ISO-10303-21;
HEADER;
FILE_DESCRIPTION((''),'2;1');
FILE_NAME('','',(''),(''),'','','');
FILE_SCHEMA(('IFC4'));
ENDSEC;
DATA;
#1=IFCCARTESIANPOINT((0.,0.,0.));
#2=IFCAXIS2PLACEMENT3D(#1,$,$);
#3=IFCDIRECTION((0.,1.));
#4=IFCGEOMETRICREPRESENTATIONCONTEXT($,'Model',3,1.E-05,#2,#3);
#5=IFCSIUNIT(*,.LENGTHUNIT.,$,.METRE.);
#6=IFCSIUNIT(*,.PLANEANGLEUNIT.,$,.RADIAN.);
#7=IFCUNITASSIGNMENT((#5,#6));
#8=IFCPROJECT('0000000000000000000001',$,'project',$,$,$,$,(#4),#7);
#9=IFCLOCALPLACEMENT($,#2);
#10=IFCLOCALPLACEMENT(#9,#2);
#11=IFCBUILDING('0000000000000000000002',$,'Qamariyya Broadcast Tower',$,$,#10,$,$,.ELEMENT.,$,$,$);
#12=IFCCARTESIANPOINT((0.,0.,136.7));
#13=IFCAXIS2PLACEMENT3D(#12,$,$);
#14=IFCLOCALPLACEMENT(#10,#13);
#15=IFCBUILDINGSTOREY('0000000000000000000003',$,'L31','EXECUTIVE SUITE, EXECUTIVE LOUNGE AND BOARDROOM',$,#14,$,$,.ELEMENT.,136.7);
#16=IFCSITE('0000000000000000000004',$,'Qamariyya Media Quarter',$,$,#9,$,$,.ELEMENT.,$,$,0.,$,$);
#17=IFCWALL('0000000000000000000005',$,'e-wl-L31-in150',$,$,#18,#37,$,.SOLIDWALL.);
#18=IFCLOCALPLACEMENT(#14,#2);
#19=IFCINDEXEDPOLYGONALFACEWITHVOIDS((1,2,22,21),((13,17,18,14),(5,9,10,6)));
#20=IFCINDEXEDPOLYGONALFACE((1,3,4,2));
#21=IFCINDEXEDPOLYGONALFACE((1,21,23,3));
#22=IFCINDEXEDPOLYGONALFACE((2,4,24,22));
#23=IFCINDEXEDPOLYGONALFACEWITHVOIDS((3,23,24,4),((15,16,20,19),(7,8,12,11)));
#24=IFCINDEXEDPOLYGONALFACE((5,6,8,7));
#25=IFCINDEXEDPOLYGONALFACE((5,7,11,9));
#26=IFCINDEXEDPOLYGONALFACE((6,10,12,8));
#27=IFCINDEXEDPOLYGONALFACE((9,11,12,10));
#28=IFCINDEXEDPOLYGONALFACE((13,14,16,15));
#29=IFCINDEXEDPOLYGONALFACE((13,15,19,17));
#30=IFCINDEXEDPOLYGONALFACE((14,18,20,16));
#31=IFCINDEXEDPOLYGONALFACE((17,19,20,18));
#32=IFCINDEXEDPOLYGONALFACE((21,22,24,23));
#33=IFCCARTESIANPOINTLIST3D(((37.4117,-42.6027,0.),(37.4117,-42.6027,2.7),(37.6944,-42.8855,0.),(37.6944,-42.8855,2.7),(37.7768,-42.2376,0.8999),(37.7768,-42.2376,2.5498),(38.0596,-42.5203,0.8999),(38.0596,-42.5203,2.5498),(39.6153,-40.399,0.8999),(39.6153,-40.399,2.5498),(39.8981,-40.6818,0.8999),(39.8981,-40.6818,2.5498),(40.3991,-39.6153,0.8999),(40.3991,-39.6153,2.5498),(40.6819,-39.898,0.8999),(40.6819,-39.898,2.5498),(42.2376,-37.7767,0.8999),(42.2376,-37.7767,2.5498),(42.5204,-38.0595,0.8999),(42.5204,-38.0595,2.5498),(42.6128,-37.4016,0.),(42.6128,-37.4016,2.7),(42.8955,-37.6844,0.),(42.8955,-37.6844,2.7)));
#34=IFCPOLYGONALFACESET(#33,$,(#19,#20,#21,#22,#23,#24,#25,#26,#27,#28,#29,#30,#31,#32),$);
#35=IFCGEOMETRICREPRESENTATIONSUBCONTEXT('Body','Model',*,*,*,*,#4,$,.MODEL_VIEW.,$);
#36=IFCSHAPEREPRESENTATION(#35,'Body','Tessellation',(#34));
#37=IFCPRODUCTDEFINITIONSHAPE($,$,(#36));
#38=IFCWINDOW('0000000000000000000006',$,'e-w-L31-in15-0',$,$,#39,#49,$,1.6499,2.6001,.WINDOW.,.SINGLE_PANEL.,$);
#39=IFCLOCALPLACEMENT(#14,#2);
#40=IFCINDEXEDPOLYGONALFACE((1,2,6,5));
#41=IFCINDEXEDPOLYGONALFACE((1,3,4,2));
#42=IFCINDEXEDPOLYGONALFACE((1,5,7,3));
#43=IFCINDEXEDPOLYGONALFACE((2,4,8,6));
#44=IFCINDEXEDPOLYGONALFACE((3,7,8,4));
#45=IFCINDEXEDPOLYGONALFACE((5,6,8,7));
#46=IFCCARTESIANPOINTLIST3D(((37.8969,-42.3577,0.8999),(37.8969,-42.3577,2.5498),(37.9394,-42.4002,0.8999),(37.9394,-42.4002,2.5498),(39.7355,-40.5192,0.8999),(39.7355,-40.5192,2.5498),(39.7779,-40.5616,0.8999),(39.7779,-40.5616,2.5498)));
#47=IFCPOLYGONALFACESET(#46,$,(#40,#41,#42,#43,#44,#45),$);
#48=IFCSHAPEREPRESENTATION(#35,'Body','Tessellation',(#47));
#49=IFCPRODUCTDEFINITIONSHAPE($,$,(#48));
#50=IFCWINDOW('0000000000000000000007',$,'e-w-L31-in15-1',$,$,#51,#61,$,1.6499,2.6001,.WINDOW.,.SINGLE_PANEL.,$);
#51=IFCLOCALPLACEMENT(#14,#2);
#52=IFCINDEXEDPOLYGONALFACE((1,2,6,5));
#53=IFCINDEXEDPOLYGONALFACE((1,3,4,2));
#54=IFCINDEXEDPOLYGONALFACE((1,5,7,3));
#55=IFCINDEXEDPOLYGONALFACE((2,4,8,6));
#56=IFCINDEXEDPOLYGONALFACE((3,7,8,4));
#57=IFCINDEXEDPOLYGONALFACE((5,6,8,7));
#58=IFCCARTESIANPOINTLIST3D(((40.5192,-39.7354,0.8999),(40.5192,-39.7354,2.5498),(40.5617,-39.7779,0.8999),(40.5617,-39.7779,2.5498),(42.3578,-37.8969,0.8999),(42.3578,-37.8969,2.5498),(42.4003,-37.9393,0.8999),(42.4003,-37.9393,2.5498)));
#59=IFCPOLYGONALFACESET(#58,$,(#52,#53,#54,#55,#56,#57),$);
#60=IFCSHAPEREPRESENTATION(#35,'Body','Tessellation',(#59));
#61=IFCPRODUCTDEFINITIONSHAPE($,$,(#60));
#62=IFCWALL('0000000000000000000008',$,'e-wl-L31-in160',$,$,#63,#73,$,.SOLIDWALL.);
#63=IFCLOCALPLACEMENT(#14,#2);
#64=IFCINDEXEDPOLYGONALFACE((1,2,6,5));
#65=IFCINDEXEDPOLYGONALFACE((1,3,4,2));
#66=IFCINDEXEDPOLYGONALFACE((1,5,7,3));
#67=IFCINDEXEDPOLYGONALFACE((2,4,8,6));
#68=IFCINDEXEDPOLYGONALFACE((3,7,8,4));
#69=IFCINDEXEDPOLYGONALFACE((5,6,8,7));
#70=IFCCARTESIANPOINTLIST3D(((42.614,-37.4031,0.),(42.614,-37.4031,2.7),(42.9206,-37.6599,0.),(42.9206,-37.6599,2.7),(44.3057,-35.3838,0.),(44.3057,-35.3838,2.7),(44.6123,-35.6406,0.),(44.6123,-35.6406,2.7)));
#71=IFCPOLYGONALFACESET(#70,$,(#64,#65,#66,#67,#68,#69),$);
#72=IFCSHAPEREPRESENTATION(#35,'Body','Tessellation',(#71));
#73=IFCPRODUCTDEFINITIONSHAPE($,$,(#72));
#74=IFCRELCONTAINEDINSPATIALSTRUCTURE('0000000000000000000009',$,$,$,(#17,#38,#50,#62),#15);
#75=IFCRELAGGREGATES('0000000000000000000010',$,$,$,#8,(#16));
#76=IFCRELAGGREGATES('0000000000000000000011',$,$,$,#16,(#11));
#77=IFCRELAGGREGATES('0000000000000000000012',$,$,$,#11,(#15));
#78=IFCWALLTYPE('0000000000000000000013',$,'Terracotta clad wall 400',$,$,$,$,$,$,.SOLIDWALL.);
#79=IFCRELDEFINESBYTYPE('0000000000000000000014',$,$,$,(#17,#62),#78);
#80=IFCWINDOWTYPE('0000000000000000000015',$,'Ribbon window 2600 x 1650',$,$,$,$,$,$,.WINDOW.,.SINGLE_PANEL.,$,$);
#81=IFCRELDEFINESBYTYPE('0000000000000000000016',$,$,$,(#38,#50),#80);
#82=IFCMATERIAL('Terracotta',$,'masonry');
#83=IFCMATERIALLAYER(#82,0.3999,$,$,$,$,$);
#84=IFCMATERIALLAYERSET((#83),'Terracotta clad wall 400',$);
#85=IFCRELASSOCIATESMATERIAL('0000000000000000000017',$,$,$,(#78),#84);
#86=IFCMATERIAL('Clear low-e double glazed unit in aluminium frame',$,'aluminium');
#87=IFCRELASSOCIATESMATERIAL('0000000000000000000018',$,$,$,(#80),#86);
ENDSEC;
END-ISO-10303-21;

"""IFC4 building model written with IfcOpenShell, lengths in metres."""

from ifc_helpers import new_model, si_unit, direction, frame, frame_2d, origin, place, context, subcontext, project, spatial, rectangle, extrude, material, layer, layer_set, type_object, element, fill, save


model = new_model("IFC4")

# Units and contexts
model_context = context("Model", 3, precision=1e-05, world=origin(), true_north=direction((0.0, 1.0)))
body_context = subcontext(model_context, "Body", "Model", "MODEL_VIEW")
ifc_project = project(units=[si_unit("LENGTHUNIT", "METRE"), si_unit("PLANEANGLEUNIT", "RADIAN")], contexts=[model_context])

# Site, building, storey
site_placement = place(None, origin())
site = spatial("IfcSite", under=ifc_project, at=site_placement, Name="Qamariyya Media Quarter", CompositionType="ELEMENT", RefElevation=0.0)
building_placement = place(site_placement, origin())
building = spatial("IfcBuilding", under=site, at=building_placement, Name="Qamariyya Broadcast Tower", CompositionType="ELEMENT")
storey_placement = place(building_placement, frame((0.0, 0.0, 136.7)))
storey = spatial("IfcBuildingStorey", under=building, at=storey_placement, Name="L31", Description="EXECUTIVE SUITE, EXECUTIVE LOUNGE AND BOARDROOM", CompositionType="ELEMENT", Elevation=136.7)

# Shared definitions
ifc_material_1 = material(Name="Terracotta", Category="masonry")
ifc_layer = layer(ifc_material_1, 0.3999)
ifc_layer_set = layer_set([ifc_layer], Name="Terracotta clad wall 400")
wall_type = type_object("IfcWallType", Name="Terracotta clad wall 400", PredefinedType="SOLIDWALL", material=ifc_layer_set)
ifc_material_2 = material(Name="Clear low-e double glazed unit in aluminium frame", Category="aluminium")

# Wall, openings, windows
wall_1_placement = place(storey_placement, frame((42.7542, -37.543, 0.0), z_axis=(0.0, 0.0, 1.0), x_axis=(-0.707107, -0.707107, 0.0)))
wall_1 = element("IfcWall", 1, at=wall_1_placement, inside=storey, type_object=wall_type, Name="e-wl-L31-in150", PredefinedType="SOLIDWALL", context=body_context, shape_type="SweptSolid", body=[
    extrude(rectangle(XDim=7.3555, YDim=0.3999, at=frame_2d((3.6777, 0.0))), origin(), (0.0, 0.0, 1.0), 2.7),
])
opening_1_placement = place(wall_1_placement, frame((4.239, 0.0, 0.8999)))
opening_1 = element("IfcOpeningElement", 2, at=opening_1_placement, cuts=wall_1, PredefinedType="OPENING", context=body_context, shape_type="SweptSolid", body=[
    extrude(rectangle(XDim=2.6001, YDim=1.6499, at=frame_2d((1.3, 0.825))), frame((0.0, 0.21, 0.0), z_axis=(0.0, -1.0, 0.0), x_axis=(1.0, 0.0, 0.0)), (0.0, 0.0, 1.0), 0.4199),
])
opening_2_placement = place(wall_1_placement, frame((0.5305, 0.0, 0.8999)))
opening_2 = element("IfcOpeningElement", 3, at=opening_2_placement, cuts=wall_1, PredefinedType="OPENING", context=body_context, shape_type="SweptSolid", body=[
    extrude(rectangle(XDim=2.6001, YDim=1.6499, at=frame_2d((1.3, 0.825))), frame((0.0, 0.21, 0.0), z_axis=(0.0, -1.0, 0.0), x_axis=(1.0, 0.0, 0.0)), (0.0, 0.0, 1.0), 0.4199),
])
window_type_1 = type_object("IfcWindowType", Name="Ribbon window 2600 x 1650", PartitioningType="SINGLE_PANEL", PredefinedType="WINDOW", material=ifc_material_2)
window_1_placement = place(opening_1_placement, origin())
window_1 = element("IfcWindow", 4, at=window_1_placement, inside=storey, type_object=window_type_1, Name="e-w-L31-in15-0", OverallHeight=1.6499, OverallWidth=2.6001, PartitioningType="SINGLE_PANEL", PredefinedType="WINDOW", context=body_context, shape_type="SweptSolid", body=[
    extrude(rectangle(XDim=2.6001, YDim=1.6499, at=frame_2d((1.3, 0.825))), frame((0.0, 0.03, 0.0), z_axis=(0.0, -1.0, 0.0), x_axis=(1.0, 0.0, 0.0)), (0.0, 0.0, 1.0), 0.0601),
])
fill(opening_1, window_1)
window_2_placement = place(opening_2_placement, origin())
window_2 = element("IfcWindow", 5, at=window_2_placement, inside=storey, type_object=window_type_1, Name="e-w-L31-in15-1", OverallHeight=1.6499, OverallWidth=2.6001, PartitioningType="SINGLE_PANEL", PredefinedType="WINDOW", context=body_context, shape_type="SweptSolid", body=[
    extrude(rectangle(XDim=2.6001, YDim=1.6499, at=frame_2d((1.3, 0.825))), frame((0.0, 0.03, 0.0), z_axis=(0.0, -1.0, 0.0), x_axis=(1.0, 0.0, 0.0)), (0.0, 0.0, 1.0), 0.0601),
])
fill(opening_2, window_2)

# Wall
wall_2_placement = place(storey_placement, frame((44.459, -35.5122, 0.0), z_axis=(0.0, 0.0, 1.0), x_axis=(-0.642179, -0.766555, 0.0)))
element("IfcWall", 6, at=wall_2_placement, inside=storey, type_object=wall_type, Name="e-wl-L31-in160", PredefinedType="SOLIDWALL", context=body_context, shape_type="SweptSolid", body=[
    extrude(rectangle(XDim=2.6343, YDim=0.3999, at=frame_2d((1.3171, 0.0))), origin(), (0.0, 0.0, 1.0), 2.7),
])

save(model, "model.ifc")
